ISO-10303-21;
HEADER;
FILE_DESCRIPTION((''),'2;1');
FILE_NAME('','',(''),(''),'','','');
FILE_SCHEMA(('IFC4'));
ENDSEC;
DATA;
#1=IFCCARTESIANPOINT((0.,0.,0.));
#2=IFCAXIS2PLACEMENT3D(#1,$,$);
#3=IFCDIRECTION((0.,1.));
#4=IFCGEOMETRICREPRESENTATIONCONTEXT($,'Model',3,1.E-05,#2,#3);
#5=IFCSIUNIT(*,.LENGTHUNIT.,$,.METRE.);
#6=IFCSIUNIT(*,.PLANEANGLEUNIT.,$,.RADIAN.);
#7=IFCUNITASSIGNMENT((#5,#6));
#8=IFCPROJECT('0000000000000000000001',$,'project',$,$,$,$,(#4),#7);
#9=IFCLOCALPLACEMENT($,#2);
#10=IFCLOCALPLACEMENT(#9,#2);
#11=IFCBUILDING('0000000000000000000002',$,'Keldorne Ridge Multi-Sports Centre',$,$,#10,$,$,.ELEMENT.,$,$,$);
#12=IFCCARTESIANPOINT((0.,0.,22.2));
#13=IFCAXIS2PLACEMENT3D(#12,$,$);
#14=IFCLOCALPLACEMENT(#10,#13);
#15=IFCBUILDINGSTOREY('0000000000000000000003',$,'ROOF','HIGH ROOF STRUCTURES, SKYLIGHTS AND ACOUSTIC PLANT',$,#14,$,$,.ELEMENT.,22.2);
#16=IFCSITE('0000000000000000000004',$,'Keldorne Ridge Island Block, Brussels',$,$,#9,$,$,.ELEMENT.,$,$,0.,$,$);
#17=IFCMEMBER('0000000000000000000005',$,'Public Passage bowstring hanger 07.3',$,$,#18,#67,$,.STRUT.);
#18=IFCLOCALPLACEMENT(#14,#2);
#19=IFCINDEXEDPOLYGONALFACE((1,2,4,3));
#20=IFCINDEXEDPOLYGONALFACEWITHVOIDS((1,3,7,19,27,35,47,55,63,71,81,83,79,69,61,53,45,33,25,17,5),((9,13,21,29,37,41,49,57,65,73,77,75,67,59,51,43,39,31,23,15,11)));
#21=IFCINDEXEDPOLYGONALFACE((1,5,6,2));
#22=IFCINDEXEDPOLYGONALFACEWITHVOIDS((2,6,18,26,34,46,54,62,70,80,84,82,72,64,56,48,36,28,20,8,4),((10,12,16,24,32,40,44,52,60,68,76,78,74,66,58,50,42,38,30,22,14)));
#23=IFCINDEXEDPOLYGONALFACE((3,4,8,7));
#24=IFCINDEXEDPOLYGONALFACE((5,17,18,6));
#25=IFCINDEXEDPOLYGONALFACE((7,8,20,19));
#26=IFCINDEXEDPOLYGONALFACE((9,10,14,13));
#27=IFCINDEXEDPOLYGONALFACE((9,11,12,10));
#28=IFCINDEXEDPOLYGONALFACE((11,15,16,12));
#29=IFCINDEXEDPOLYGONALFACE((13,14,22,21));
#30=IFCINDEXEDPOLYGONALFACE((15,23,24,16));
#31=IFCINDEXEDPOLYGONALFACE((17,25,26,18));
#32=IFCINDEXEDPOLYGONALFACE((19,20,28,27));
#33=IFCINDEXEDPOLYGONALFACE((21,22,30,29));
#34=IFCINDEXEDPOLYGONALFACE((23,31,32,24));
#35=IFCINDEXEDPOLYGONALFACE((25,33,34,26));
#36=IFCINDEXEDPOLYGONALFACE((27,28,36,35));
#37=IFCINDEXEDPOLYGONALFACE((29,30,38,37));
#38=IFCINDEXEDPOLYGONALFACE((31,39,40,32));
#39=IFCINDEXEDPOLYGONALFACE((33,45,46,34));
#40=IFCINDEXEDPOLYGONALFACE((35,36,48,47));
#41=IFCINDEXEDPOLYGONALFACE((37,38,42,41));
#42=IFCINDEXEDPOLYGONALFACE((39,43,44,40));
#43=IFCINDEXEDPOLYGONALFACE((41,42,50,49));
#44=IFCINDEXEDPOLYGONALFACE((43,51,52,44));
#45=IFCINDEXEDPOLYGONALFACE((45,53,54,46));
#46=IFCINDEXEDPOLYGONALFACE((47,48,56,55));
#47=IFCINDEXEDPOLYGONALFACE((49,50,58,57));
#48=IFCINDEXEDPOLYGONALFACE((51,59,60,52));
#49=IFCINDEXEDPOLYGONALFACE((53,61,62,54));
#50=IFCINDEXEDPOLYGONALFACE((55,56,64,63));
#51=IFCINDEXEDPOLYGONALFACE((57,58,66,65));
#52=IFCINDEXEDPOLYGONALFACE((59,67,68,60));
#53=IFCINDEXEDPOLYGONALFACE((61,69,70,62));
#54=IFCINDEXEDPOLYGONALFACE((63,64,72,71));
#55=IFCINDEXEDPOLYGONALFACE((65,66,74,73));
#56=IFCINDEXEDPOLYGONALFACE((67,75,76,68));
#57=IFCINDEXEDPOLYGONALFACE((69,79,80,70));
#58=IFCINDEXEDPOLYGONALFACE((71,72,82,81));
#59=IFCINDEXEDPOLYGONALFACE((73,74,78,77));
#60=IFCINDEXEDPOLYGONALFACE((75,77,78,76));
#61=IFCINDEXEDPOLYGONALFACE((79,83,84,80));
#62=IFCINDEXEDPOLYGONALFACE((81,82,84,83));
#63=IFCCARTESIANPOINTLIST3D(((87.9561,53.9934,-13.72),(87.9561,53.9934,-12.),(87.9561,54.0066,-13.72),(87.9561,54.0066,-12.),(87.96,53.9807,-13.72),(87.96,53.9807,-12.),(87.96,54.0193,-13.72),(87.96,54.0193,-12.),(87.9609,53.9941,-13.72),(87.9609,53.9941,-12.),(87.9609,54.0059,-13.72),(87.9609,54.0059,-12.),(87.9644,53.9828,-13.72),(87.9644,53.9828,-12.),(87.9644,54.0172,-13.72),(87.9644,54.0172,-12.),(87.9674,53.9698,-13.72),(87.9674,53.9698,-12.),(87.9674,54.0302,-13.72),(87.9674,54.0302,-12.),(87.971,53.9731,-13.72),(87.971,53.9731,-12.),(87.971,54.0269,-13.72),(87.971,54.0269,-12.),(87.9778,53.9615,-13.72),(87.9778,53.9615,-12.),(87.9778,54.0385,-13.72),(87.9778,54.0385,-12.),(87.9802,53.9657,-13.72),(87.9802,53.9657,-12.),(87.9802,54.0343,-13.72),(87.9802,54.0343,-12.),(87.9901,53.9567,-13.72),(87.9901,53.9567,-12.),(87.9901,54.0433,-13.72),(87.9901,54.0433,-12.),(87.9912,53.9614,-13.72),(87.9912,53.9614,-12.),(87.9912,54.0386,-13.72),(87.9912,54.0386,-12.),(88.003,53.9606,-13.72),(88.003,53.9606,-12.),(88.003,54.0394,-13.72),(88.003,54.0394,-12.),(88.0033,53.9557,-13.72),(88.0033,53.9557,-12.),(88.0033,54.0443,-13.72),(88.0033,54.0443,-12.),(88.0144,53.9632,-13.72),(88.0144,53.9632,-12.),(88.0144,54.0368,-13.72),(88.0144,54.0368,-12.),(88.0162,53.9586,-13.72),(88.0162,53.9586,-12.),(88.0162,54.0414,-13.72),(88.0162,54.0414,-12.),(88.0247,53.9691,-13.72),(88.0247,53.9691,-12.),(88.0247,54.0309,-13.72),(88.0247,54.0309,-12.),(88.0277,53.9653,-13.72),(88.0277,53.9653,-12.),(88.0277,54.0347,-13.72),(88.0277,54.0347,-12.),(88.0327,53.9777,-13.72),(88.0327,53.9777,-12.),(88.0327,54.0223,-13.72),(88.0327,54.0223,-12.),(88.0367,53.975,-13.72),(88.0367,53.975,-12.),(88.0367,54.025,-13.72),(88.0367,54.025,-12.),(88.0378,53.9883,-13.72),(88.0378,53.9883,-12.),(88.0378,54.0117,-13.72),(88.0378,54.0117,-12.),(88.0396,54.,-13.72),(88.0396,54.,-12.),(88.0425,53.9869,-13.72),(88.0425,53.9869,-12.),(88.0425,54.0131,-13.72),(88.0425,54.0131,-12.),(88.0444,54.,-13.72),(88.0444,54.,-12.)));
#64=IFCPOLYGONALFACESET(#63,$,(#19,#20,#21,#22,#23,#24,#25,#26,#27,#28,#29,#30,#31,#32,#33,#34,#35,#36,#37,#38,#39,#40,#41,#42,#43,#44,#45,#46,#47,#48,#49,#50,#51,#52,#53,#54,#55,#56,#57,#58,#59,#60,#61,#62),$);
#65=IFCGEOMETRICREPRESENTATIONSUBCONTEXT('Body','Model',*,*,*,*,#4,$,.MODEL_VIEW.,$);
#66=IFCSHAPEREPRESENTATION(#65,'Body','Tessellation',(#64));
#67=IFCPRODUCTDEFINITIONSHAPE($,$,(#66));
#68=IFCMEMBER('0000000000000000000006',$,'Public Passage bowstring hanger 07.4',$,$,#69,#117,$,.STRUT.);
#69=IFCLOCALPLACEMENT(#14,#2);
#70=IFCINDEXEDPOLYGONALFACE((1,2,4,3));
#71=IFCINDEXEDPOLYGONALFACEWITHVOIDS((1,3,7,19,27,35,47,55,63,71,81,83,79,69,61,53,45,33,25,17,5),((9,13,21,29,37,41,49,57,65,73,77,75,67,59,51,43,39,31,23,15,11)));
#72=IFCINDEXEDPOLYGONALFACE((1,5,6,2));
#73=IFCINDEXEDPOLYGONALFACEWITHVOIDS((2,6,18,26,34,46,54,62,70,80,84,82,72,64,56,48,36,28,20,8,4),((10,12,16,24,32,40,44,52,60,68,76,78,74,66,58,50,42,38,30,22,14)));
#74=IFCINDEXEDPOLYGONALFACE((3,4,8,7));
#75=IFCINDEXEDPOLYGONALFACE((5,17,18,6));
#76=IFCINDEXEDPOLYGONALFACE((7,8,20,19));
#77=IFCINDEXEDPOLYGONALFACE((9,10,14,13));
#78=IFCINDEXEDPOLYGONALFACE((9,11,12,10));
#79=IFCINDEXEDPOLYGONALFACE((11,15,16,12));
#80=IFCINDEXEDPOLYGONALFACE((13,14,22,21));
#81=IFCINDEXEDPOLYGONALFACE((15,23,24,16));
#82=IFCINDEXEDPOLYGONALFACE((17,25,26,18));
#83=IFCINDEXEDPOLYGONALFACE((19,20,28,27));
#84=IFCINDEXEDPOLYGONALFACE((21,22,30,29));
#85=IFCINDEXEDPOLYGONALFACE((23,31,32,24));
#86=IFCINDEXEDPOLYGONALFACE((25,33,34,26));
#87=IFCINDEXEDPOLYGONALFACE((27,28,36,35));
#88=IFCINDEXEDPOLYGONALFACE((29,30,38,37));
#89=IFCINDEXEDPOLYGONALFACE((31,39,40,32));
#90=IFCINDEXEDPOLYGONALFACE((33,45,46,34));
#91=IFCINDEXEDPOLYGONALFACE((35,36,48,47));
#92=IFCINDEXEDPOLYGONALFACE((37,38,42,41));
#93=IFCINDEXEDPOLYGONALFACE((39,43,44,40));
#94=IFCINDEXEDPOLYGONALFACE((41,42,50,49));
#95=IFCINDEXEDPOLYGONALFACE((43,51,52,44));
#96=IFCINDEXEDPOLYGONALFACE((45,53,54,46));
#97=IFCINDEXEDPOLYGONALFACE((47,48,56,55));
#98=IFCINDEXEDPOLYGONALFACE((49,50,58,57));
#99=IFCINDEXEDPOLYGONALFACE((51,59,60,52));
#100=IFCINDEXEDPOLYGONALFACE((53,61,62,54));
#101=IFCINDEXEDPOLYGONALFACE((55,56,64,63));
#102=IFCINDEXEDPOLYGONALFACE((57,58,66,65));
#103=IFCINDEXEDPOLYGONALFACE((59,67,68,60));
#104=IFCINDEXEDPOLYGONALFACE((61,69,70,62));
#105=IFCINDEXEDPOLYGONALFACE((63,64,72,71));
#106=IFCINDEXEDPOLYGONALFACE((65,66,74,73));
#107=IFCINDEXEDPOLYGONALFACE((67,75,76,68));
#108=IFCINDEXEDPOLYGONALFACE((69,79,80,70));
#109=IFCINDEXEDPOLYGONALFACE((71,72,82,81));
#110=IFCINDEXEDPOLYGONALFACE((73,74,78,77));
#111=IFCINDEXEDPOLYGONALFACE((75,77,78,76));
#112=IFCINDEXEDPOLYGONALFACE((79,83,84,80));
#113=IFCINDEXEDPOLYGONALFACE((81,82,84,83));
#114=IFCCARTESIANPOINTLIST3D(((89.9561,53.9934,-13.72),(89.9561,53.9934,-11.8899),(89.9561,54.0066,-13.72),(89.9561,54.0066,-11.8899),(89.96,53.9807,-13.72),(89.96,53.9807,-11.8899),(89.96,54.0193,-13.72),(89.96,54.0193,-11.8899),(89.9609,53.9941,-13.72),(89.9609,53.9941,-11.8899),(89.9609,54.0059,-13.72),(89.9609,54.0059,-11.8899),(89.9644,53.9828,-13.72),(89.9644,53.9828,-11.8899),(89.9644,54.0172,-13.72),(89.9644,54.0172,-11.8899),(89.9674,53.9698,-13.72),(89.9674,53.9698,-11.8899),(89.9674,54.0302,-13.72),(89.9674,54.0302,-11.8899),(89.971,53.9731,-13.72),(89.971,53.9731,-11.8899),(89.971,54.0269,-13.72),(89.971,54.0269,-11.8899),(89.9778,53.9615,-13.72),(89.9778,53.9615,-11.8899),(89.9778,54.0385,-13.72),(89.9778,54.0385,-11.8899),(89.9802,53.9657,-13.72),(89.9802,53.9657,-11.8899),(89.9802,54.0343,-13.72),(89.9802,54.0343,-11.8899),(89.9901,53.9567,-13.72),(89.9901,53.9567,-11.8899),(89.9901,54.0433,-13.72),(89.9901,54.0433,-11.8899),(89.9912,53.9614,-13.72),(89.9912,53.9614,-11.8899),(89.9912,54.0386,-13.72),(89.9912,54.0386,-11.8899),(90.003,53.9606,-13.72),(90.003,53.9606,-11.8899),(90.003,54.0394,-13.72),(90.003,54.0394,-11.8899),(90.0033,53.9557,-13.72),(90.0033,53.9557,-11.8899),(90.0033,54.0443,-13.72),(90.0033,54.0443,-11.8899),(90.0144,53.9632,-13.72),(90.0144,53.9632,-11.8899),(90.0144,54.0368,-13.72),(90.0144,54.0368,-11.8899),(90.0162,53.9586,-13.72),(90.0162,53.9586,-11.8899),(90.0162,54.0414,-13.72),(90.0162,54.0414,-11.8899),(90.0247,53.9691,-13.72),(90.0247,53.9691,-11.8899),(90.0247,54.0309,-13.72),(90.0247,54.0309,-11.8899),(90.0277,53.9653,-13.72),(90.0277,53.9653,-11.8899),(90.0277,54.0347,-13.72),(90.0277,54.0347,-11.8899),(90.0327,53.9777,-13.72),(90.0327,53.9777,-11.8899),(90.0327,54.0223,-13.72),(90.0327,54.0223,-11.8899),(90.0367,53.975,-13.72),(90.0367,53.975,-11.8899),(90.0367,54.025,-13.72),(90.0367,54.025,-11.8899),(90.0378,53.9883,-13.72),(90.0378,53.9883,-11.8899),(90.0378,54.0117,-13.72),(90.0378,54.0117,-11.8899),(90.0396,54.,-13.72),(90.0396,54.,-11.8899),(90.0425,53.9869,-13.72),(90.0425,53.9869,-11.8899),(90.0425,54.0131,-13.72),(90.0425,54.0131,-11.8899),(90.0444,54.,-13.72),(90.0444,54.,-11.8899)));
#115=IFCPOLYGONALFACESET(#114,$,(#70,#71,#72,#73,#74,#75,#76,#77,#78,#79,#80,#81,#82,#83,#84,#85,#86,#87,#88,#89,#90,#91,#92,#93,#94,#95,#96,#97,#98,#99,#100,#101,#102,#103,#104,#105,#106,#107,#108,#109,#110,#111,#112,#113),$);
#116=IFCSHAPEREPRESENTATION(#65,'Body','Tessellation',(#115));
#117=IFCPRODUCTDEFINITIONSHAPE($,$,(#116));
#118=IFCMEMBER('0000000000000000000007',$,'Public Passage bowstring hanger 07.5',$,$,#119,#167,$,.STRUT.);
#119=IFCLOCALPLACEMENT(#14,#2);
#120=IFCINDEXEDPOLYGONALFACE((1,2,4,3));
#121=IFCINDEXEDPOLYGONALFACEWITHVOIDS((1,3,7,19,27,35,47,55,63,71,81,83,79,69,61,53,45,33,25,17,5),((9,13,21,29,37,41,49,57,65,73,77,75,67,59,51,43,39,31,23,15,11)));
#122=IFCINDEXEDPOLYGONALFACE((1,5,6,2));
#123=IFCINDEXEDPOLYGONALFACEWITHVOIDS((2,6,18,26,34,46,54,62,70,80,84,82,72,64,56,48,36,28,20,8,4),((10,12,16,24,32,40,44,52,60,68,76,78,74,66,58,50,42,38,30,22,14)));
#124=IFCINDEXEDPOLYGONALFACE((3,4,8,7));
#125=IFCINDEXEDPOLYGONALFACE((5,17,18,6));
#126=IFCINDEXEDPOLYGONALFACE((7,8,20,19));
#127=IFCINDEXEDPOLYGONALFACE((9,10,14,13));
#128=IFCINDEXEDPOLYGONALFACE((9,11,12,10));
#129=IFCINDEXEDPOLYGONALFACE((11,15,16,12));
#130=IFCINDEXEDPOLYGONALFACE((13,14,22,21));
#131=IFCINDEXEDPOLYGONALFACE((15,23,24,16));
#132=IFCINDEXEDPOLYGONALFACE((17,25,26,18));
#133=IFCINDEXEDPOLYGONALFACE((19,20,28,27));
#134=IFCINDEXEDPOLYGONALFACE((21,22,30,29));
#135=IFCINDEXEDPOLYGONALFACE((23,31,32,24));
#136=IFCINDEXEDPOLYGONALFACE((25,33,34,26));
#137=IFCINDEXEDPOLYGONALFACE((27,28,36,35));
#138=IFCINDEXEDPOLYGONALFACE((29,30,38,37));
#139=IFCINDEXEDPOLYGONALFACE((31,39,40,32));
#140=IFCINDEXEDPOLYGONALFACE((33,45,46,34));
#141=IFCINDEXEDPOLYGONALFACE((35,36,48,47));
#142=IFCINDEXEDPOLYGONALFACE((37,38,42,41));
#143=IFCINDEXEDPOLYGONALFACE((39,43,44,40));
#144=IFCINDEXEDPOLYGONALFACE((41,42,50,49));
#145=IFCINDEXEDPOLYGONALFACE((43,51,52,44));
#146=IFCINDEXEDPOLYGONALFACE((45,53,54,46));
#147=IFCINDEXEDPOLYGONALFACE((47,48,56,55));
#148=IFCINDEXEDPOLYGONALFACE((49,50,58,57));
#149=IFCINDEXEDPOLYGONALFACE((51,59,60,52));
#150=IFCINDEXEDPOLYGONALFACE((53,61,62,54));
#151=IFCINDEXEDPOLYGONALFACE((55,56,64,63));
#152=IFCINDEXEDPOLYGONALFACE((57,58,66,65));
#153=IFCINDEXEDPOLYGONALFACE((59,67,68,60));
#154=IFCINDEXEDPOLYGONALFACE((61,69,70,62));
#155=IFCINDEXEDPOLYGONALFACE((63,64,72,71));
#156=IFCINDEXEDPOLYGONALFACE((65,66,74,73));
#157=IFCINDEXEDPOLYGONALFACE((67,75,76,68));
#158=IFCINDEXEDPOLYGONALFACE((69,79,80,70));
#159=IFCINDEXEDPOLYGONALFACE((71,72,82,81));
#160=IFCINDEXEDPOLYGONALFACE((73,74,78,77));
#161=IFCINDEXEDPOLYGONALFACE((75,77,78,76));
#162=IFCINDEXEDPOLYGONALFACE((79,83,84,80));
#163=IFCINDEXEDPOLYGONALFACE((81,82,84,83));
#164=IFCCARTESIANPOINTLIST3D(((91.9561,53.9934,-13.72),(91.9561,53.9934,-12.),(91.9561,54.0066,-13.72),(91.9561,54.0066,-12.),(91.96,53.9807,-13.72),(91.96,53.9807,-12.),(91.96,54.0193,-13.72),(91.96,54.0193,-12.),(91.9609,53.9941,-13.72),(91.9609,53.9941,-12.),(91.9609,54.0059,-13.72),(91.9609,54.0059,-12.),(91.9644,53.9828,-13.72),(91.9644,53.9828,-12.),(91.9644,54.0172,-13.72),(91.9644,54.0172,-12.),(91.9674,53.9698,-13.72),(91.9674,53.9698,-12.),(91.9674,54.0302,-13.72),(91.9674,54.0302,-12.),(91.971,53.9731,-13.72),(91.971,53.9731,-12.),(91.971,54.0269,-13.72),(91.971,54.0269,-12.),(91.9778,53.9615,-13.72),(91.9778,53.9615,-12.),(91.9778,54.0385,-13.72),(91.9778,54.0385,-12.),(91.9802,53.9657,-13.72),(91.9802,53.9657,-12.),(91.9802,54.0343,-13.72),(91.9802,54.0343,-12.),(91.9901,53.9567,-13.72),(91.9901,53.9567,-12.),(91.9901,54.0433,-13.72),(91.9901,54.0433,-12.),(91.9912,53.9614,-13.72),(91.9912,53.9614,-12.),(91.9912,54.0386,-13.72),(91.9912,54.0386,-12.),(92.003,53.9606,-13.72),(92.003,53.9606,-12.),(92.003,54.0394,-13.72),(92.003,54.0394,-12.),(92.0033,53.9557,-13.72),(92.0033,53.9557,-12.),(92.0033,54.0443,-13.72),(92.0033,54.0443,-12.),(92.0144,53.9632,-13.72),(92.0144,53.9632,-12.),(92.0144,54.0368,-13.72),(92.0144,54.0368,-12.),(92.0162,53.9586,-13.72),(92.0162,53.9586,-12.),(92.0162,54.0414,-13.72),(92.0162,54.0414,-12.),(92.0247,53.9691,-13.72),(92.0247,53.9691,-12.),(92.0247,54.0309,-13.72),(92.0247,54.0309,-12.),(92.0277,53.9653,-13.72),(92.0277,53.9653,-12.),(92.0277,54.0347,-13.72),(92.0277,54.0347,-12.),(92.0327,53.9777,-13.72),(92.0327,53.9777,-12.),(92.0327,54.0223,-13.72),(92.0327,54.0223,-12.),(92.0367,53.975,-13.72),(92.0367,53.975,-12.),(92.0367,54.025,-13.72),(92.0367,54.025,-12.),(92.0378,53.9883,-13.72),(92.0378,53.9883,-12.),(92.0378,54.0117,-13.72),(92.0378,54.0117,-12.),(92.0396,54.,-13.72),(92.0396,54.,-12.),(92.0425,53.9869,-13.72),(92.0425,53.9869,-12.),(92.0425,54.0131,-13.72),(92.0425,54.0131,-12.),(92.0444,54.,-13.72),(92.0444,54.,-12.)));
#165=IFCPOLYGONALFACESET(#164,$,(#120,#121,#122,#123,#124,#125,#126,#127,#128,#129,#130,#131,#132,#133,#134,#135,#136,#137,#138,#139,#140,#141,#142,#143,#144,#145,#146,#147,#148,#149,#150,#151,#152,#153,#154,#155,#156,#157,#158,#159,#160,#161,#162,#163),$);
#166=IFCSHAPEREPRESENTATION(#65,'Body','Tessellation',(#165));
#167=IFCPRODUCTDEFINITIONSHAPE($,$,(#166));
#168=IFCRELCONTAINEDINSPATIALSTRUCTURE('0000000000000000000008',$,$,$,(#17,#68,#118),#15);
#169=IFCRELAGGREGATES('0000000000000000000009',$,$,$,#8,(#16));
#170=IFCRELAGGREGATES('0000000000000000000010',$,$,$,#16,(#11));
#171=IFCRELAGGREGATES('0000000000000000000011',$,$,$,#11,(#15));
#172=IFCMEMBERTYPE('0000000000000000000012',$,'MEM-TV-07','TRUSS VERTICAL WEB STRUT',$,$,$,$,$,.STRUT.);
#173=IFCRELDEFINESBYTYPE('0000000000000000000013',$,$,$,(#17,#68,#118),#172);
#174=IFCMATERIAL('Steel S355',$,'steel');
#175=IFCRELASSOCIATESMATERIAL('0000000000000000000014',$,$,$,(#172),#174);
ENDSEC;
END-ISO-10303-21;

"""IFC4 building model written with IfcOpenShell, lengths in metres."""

from ifc_helpers import new_model, si_unit, direction, frame, origin, origin_2d, place, context, subcontext, project, spatial, hollow_circle, extrude, material, material_profile, profile_set, type_object, element, save


model = new_model("IFC4")

# Units and contexts
model_context = context("Model", 3, precision=1e-05, world=origin(), true_north=direction((0.0, 1.0)))
body_context = subcontext(model_context, "Body", "Model", "MODEL_VIEW")
ifc_project = project(units=[si_unit("LENGTHUNIT", "METRE"), si_unit("PLANEANGLEUNIT", "RADIAN")], contexts=[model_context])

# Site, building, storey
site_placement = place(None, origin())
site = spatial("IfcSite", under=ifc_project, at=site_placement, Name="Keldorne Ridge Island Block, Brussels", CompositionType="ELEMENT", RefElevation=0.0)
building_placement = place(site_placement, origin())
building = spatial("IfcBuilding", under=site, at=building_placement, Name="Keldorne Ridge Multi-Sports Centre", CompositionType="ELEMENT")
storey_placement = place(building_placement, frame((0.0, 0.0, 22.2)))
storey = spatial("IfcBuildingStorey", under=building, at=storey_placement, Name="ROOF", Description="HIGH ROOF STRUCTURES, SKYLIGHTS AND ACOUSTIC PLANT", CompositionType="ELEMENT", Elevation=22.2)

# Members
ifc_material = material(Name="Steel S355", Category="steel")
ifc_material_profile_1 = material_profile(ifc_material, hollow_circle(Radius=0.0444, WallThickness=0.0049, at=origin_2d()), Name="CHS 88.9x5")
ifc_profile_set_1 = profile_set([ifc_material_profile_1], Name="Steel S355")
member_type_1 = type_object("IfcMemberType", Name="MEM-TV-07", Description="TRUSS VERTICAL WEB STRUT", PredefinedType="STRUT", material=ifc_profile_set_1)
member_1_placement = place(storey_placement, frame((88.0, 54.0, -13.72), z_axis=(0.0, 0.0, 1.0), x_axis=(1.0, 0.0, 0.0)))
element("IfcMember", 1, at=member_1_placement, inside=storey, type_object=member_type_1, Name="Public Passage bowstring hanger 07.3", PredefinedType="STRUT", context=body_context, shape_type="SweptSolid", body=[
    extrude(hollow_circle(Radius=0.0444, WallThickness=0.0049, at=origin_2d()), origin(), (0.0, 0.0, 1.0), 1.72),
])
member_2_placement = place(storey_placement, frame((90.0, 54.0, -13.72), z_axis=(0.0, 0.0, 1.0), x_axis=(1.0, 0.0, 0.0)))
element("IfcMember", 2, at=member_2_placement, inside=storey, type_object=member_type_1, Name="Public Passage bowstring hanger 07.4", PredefinedType="STRUT", context=body_context, shape_type="SweptSolid", body=[
    extrude(hollow_circle(Radius=0.0444, WallThickness=0.0049, at=origin_2d()), origin(), (0.0, 0.0, 1.0), 1.8301),
])
member_3_placement = place(storey_placement, frame((92.0, 54.0, -13.72), z_axis=(0.0, 0.0, 1.0), x_axis=(1.0, 0.0, 0.0)))
element("IfcMember", 3, at=member_3_placement, inside=storey, type_object=member_type_1, Name="Public Passage bowstring hanger 07.5", PredefinedType="STRUT", context=body_context, shape_type="SweptSolid", body=[
    extrude(hollow_circle(Radius=0.0444, WallThickness=0.0049, at=origin_2d()), origin(), (0.0, 0.0, 1.0), 1.72),
])

save(model, "model.ifc")
